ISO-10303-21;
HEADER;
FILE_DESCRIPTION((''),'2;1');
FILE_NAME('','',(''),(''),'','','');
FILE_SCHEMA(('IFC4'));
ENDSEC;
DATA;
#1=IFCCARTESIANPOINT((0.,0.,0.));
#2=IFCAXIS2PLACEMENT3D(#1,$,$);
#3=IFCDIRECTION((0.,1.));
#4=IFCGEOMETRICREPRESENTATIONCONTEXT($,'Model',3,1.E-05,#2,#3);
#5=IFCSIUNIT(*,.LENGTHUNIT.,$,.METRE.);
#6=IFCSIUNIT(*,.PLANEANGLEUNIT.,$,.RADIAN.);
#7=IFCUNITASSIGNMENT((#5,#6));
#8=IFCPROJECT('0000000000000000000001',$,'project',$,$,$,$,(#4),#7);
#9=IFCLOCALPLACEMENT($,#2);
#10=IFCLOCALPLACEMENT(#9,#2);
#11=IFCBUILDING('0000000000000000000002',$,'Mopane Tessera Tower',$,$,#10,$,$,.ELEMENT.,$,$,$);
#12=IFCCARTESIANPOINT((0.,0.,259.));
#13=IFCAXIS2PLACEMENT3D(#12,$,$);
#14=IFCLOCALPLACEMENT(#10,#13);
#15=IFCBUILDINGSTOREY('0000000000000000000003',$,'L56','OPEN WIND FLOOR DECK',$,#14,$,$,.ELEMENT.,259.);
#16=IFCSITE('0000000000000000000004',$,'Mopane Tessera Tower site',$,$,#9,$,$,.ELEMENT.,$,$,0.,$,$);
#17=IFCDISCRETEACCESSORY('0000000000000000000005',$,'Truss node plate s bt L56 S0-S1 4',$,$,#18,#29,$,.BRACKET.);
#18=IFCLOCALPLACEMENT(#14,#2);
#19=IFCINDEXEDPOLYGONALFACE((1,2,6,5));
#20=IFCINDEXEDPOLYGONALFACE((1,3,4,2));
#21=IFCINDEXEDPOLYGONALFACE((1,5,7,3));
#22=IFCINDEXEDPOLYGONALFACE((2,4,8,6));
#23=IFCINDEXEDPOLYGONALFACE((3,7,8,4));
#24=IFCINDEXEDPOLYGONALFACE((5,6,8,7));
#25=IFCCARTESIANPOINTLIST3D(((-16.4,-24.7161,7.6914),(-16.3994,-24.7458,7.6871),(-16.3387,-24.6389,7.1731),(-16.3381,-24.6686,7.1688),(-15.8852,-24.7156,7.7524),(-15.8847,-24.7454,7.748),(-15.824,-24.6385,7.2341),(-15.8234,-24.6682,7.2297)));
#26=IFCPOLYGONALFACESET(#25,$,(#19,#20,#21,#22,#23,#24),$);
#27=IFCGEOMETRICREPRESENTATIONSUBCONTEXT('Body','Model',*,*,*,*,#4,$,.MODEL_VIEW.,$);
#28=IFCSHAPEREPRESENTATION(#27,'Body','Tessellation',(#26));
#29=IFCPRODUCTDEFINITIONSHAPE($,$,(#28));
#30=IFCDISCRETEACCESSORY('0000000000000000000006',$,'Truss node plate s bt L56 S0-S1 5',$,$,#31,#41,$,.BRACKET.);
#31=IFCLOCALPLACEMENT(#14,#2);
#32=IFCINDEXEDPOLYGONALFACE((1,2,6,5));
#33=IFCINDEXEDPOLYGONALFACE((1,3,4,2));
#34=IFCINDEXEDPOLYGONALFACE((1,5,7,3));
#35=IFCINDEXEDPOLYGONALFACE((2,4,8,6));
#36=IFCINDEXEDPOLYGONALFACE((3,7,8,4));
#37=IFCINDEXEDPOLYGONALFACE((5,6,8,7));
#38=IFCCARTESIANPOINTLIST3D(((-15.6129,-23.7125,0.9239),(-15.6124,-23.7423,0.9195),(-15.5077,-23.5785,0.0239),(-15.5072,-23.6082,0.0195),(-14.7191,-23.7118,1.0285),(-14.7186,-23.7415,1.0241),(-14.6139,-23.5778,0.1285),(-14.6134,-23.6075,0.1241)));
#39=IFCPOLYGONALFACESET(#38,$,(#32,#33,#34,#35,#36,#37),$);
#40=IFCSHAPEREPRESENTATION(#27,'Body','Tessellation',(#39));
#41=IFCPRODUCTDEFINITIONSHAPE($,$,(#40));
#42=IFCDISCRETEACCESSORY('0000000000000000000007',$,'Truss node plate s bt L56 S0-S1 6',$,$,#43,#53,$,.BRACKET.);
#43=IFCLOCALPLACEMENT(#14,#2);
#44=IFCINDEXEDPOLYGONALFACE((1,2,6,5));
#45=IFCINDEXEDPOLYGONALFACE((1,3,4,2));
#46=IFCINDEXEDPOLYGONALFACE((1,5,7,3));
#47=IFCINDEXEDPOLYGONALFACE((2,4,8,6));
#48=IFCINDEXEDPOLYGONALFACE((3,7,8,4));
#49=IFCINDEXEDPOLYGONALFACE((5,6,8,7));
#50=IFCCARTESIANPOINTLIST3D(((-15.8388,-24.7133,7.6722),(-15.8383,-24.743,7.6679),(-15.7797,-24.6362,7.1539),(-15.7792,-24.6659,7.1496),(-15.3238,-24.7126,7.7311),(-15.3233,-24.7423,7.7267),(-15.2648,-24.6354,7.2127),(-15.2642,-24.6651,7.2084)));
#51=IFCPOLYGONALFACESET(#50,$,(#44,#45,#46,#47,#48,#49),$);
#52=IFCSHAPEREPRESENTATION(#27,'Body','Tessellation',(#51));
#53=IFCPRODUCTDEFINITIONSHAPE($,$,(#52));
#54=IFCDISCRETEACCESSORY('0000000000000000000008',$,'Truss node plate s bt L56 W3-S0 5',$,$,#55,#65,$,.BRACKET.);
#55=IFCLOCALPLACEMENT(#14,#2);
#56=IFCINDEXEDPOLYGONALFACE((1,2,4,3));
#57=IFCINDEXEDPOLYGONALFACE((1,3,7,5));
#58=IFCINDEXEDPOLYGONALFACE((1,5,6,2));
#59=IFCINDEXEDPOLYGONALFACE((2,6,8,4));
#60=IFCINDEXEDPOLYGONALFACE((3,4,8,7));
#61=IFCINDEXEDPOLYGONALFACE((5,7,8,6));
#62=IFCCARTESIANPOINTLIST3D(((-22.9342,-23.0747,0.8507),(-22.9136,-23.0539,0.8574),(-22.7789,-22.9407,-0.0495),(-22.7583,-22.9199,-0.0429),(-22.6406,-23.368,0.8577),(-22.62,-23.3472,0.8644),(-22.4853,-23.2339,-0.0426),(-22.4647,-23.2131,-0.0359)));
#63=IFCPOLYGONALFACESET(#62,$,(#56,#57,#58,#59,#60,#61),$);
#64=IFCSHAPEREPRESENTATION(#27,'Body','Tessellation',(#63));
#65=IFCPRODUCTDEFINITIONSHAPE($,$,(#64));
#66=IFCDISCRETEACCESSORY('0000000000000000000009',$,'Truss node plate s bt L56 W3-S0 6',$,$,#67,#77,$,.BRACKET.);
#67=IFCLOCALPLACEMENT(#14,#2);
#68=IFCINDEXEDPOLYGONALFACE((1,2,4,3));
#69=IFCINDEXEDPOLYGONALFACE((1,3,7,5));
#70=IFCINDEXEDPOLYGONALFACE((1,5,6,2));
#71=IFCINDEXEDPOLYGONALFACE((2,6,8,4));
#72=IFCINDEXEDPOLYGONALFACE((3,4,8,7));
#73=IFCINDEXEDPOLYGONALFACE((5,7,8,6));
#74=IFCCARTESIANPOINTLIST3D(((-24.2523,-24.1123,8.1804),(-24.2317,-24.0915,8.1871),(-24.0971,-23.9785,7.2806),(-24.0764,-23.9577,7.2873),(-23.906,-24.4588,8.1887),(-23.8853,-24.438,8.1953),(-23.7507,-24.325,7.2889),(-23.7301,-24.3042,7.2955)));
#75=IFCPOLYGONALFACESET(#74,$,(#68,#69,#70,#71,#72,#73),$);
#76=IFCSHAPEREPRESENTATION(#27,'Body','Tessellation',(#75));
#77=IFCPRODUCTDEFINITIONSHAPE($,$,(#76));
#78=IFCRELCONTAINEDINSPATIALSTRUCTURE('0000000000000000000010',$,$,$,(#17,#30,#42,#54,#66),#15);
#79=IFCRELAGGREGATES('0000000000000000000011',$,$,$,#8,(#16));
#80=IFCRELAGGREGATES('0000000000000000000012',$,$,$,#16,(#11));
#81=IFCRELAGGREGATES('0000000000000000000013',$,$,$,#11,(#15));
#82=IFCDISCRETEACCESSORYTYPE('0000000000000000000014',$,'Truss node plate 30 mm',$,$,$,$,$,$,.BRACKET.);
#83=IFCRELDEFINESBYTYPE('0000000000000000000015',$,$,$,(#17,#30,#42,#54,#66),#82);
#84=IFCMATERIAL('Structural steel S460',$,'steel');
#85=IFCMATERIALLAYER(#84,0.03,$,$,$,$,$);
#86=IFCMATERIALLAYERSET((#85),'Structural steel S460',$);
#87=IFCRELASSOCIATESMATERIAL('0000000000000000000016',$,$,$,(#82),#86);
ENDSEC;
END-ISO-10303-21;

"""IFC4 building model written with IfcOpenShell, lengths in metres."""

from ifc_helpers import new_model, si_unit, direction, frame, origin, origin_2d, place, context, subcontext, project, spatial, rectangle, extrude, material, layer, layer_set, type_object, element, save


model = new_model("IFC4")

# Units and contexts
model_context = context("Model", 3, precision=1e-05, world=origin(), true_north=direction((0.0, 1.0)))
body_context = subcontext(model_context, "Body", "Model", "MODEL_VIEW")
ifc_project = project(units=[si_unit("LENGTHUNIT", "METRE"), si_unit("PLANEANGLEUNIT", "RADIAN")], contexts=[model_context])

# Site, building, storey
site_placement = place(None, origin())
site = spatial("IfcSite", under=ifc_project, at=site_placement, Name="Mopane Tessera Tower site", CompositionType="ELEMENT", RefElevation=0.0)
building_placement = place(site_placement, origin())
building = spatial("IfcBuilding", under=site, at=building_placement, Name="Mopane Tessera Tower", CompositionType="ELEMENT")
storey_placement = place(building_placement, frame((0.0, 0.0, 259.0)))
storey = spatial("IfcBuildingStorey", under=building, at=storey_placement, Name="L56", Description="OPEN WIND FLOOR DECK", CompositionType="ELEMENT", Elevation=259.0)

# Discrete accessories
ifc_material_1 = material(Name="Structural steel S460", Category="steel")
ifc_layer_1 = layer(ifc_material_1, 0.03)
ifc_layer_set_1 = layer_set([ifc_layer_1], Name="Structural steel S460")
discrete_accessory_type = type_object("IfcDiscreteAccessoryType", Name="Truss node plate 30 mm", PredefinedType="BRACKET", material=ifc_layer_set_1)
discrete_accessory_1_placement = place(storey_placement, frame((-16.0811, -24.6536, 7.2014), z_axis=(-0.116149, -0.146228, 0.982409), x_axis=(-0.017985, 0.989251, 0.14512)))
element("IfcDiscreteAccessory", 1, at=discrete_accessory_1_placement, inside=storey, type_object=discrete_accessory_type, Name="Truss node plate s bt L56 S0-S1 4", PredefinedType="BRACKET", context=body_context, shape_type="SweptSolid", body=[
    extrude(rectangle(XDim=0.03, YDim=0.5183, at=origin_2d()), origin(), (0.0, 0.0, 1.0), 0.5276),
])
discrete_accessory_2_placement = place(storey_placement, frame((-15.0605, -23.593, 0.074), z_axis=(-0.114857, -0.146303, 0.982549), x_axis=(-0.01781, 0.989239, 0.145217)))
element("IfcDiscreteAccessory", 2, at=discrete_accessory_2_placement, inside=storey, type_object=discrete_accessory_type, Name="Truss node plate s bt L56 S0-S1 5", PredefinedType="BRACKET", context=body_context, shape_type="SweptSolid", body=[
    extrude(rectangle(XDim=0.03, YDim=0.8999, at=origin_2d()), origin(), (0.0, 0.0, 1.0), 0.916),
])
discrete_accessory_3_placement = place(storey_placement, frame((-15.522, -24.6506, 7.1812), z_axis=(-0.112038, -0.146297, 0.982876), x_axis=(-0.017996, 0.98924, 0.145193)))
element("IfcDiscreteAccessory", 3, at=discrete_accessory_3_placement, inside=storey, type_object=discrete_accessory_type, Name="Truss node plate s bt L56 S0-S1 6", PredefinedType="BRACKET", context=body_context, shape_type="SweptSolid", body=[
    extrude(rectangle(XDim=0.03, YDim=0.5183, at=origin_2d()), origin(), (0.0, 0.0, 1.0), 0.5273),
])
discrete_accessory_4_placement = place(storey_placement, frame((-22.6218, -23.0769, -0.0427), z_axis=(-0.168186, -0.14518, 0.975006), x_axis=(0.686454, 0.692604, 0.221542)))
element("IfcDiscreteAccessory", 4, at=discrete_accessory_4_placement, inside=storey, type_object=discrete_accessory_type, Name="Truss node plate s bt L56 W3-S0 5", PredefinedType="BRACKET", context=body_context, shape_type="SweptSolid", body=[
    extrude(rectangle(XDim=0.03, YDim=0.415, at=origin_2d()), origin(), (0.0, 0.0, 1.0), 0.9233),
])
discrete_accessory_5_placement = place(storey_placement, frame((-23.9136, -24.1414, 7.2881), z_axis=(-0.168236, -0.144958, 0.97503), x_axis=(0.687096, 0.692001, 0.221435)))
element("IfcDiscreteAccessory", 5, at=discrete_accessory_5_placement, inside=storey, type_object=discrete_accessory_type, Name="Truss node plate s bt L56 W3-S0 6", PredefinedType="BRACKET", context=body_context, shape_type="SweptSolid", body=[
    extrude(rectangle(XDim=0.03, YDim=0.49, at=origin_2d()), origin(), (0.0, 0.0, 1.0), 0.9229),
])

save(model, "model.ifc")
